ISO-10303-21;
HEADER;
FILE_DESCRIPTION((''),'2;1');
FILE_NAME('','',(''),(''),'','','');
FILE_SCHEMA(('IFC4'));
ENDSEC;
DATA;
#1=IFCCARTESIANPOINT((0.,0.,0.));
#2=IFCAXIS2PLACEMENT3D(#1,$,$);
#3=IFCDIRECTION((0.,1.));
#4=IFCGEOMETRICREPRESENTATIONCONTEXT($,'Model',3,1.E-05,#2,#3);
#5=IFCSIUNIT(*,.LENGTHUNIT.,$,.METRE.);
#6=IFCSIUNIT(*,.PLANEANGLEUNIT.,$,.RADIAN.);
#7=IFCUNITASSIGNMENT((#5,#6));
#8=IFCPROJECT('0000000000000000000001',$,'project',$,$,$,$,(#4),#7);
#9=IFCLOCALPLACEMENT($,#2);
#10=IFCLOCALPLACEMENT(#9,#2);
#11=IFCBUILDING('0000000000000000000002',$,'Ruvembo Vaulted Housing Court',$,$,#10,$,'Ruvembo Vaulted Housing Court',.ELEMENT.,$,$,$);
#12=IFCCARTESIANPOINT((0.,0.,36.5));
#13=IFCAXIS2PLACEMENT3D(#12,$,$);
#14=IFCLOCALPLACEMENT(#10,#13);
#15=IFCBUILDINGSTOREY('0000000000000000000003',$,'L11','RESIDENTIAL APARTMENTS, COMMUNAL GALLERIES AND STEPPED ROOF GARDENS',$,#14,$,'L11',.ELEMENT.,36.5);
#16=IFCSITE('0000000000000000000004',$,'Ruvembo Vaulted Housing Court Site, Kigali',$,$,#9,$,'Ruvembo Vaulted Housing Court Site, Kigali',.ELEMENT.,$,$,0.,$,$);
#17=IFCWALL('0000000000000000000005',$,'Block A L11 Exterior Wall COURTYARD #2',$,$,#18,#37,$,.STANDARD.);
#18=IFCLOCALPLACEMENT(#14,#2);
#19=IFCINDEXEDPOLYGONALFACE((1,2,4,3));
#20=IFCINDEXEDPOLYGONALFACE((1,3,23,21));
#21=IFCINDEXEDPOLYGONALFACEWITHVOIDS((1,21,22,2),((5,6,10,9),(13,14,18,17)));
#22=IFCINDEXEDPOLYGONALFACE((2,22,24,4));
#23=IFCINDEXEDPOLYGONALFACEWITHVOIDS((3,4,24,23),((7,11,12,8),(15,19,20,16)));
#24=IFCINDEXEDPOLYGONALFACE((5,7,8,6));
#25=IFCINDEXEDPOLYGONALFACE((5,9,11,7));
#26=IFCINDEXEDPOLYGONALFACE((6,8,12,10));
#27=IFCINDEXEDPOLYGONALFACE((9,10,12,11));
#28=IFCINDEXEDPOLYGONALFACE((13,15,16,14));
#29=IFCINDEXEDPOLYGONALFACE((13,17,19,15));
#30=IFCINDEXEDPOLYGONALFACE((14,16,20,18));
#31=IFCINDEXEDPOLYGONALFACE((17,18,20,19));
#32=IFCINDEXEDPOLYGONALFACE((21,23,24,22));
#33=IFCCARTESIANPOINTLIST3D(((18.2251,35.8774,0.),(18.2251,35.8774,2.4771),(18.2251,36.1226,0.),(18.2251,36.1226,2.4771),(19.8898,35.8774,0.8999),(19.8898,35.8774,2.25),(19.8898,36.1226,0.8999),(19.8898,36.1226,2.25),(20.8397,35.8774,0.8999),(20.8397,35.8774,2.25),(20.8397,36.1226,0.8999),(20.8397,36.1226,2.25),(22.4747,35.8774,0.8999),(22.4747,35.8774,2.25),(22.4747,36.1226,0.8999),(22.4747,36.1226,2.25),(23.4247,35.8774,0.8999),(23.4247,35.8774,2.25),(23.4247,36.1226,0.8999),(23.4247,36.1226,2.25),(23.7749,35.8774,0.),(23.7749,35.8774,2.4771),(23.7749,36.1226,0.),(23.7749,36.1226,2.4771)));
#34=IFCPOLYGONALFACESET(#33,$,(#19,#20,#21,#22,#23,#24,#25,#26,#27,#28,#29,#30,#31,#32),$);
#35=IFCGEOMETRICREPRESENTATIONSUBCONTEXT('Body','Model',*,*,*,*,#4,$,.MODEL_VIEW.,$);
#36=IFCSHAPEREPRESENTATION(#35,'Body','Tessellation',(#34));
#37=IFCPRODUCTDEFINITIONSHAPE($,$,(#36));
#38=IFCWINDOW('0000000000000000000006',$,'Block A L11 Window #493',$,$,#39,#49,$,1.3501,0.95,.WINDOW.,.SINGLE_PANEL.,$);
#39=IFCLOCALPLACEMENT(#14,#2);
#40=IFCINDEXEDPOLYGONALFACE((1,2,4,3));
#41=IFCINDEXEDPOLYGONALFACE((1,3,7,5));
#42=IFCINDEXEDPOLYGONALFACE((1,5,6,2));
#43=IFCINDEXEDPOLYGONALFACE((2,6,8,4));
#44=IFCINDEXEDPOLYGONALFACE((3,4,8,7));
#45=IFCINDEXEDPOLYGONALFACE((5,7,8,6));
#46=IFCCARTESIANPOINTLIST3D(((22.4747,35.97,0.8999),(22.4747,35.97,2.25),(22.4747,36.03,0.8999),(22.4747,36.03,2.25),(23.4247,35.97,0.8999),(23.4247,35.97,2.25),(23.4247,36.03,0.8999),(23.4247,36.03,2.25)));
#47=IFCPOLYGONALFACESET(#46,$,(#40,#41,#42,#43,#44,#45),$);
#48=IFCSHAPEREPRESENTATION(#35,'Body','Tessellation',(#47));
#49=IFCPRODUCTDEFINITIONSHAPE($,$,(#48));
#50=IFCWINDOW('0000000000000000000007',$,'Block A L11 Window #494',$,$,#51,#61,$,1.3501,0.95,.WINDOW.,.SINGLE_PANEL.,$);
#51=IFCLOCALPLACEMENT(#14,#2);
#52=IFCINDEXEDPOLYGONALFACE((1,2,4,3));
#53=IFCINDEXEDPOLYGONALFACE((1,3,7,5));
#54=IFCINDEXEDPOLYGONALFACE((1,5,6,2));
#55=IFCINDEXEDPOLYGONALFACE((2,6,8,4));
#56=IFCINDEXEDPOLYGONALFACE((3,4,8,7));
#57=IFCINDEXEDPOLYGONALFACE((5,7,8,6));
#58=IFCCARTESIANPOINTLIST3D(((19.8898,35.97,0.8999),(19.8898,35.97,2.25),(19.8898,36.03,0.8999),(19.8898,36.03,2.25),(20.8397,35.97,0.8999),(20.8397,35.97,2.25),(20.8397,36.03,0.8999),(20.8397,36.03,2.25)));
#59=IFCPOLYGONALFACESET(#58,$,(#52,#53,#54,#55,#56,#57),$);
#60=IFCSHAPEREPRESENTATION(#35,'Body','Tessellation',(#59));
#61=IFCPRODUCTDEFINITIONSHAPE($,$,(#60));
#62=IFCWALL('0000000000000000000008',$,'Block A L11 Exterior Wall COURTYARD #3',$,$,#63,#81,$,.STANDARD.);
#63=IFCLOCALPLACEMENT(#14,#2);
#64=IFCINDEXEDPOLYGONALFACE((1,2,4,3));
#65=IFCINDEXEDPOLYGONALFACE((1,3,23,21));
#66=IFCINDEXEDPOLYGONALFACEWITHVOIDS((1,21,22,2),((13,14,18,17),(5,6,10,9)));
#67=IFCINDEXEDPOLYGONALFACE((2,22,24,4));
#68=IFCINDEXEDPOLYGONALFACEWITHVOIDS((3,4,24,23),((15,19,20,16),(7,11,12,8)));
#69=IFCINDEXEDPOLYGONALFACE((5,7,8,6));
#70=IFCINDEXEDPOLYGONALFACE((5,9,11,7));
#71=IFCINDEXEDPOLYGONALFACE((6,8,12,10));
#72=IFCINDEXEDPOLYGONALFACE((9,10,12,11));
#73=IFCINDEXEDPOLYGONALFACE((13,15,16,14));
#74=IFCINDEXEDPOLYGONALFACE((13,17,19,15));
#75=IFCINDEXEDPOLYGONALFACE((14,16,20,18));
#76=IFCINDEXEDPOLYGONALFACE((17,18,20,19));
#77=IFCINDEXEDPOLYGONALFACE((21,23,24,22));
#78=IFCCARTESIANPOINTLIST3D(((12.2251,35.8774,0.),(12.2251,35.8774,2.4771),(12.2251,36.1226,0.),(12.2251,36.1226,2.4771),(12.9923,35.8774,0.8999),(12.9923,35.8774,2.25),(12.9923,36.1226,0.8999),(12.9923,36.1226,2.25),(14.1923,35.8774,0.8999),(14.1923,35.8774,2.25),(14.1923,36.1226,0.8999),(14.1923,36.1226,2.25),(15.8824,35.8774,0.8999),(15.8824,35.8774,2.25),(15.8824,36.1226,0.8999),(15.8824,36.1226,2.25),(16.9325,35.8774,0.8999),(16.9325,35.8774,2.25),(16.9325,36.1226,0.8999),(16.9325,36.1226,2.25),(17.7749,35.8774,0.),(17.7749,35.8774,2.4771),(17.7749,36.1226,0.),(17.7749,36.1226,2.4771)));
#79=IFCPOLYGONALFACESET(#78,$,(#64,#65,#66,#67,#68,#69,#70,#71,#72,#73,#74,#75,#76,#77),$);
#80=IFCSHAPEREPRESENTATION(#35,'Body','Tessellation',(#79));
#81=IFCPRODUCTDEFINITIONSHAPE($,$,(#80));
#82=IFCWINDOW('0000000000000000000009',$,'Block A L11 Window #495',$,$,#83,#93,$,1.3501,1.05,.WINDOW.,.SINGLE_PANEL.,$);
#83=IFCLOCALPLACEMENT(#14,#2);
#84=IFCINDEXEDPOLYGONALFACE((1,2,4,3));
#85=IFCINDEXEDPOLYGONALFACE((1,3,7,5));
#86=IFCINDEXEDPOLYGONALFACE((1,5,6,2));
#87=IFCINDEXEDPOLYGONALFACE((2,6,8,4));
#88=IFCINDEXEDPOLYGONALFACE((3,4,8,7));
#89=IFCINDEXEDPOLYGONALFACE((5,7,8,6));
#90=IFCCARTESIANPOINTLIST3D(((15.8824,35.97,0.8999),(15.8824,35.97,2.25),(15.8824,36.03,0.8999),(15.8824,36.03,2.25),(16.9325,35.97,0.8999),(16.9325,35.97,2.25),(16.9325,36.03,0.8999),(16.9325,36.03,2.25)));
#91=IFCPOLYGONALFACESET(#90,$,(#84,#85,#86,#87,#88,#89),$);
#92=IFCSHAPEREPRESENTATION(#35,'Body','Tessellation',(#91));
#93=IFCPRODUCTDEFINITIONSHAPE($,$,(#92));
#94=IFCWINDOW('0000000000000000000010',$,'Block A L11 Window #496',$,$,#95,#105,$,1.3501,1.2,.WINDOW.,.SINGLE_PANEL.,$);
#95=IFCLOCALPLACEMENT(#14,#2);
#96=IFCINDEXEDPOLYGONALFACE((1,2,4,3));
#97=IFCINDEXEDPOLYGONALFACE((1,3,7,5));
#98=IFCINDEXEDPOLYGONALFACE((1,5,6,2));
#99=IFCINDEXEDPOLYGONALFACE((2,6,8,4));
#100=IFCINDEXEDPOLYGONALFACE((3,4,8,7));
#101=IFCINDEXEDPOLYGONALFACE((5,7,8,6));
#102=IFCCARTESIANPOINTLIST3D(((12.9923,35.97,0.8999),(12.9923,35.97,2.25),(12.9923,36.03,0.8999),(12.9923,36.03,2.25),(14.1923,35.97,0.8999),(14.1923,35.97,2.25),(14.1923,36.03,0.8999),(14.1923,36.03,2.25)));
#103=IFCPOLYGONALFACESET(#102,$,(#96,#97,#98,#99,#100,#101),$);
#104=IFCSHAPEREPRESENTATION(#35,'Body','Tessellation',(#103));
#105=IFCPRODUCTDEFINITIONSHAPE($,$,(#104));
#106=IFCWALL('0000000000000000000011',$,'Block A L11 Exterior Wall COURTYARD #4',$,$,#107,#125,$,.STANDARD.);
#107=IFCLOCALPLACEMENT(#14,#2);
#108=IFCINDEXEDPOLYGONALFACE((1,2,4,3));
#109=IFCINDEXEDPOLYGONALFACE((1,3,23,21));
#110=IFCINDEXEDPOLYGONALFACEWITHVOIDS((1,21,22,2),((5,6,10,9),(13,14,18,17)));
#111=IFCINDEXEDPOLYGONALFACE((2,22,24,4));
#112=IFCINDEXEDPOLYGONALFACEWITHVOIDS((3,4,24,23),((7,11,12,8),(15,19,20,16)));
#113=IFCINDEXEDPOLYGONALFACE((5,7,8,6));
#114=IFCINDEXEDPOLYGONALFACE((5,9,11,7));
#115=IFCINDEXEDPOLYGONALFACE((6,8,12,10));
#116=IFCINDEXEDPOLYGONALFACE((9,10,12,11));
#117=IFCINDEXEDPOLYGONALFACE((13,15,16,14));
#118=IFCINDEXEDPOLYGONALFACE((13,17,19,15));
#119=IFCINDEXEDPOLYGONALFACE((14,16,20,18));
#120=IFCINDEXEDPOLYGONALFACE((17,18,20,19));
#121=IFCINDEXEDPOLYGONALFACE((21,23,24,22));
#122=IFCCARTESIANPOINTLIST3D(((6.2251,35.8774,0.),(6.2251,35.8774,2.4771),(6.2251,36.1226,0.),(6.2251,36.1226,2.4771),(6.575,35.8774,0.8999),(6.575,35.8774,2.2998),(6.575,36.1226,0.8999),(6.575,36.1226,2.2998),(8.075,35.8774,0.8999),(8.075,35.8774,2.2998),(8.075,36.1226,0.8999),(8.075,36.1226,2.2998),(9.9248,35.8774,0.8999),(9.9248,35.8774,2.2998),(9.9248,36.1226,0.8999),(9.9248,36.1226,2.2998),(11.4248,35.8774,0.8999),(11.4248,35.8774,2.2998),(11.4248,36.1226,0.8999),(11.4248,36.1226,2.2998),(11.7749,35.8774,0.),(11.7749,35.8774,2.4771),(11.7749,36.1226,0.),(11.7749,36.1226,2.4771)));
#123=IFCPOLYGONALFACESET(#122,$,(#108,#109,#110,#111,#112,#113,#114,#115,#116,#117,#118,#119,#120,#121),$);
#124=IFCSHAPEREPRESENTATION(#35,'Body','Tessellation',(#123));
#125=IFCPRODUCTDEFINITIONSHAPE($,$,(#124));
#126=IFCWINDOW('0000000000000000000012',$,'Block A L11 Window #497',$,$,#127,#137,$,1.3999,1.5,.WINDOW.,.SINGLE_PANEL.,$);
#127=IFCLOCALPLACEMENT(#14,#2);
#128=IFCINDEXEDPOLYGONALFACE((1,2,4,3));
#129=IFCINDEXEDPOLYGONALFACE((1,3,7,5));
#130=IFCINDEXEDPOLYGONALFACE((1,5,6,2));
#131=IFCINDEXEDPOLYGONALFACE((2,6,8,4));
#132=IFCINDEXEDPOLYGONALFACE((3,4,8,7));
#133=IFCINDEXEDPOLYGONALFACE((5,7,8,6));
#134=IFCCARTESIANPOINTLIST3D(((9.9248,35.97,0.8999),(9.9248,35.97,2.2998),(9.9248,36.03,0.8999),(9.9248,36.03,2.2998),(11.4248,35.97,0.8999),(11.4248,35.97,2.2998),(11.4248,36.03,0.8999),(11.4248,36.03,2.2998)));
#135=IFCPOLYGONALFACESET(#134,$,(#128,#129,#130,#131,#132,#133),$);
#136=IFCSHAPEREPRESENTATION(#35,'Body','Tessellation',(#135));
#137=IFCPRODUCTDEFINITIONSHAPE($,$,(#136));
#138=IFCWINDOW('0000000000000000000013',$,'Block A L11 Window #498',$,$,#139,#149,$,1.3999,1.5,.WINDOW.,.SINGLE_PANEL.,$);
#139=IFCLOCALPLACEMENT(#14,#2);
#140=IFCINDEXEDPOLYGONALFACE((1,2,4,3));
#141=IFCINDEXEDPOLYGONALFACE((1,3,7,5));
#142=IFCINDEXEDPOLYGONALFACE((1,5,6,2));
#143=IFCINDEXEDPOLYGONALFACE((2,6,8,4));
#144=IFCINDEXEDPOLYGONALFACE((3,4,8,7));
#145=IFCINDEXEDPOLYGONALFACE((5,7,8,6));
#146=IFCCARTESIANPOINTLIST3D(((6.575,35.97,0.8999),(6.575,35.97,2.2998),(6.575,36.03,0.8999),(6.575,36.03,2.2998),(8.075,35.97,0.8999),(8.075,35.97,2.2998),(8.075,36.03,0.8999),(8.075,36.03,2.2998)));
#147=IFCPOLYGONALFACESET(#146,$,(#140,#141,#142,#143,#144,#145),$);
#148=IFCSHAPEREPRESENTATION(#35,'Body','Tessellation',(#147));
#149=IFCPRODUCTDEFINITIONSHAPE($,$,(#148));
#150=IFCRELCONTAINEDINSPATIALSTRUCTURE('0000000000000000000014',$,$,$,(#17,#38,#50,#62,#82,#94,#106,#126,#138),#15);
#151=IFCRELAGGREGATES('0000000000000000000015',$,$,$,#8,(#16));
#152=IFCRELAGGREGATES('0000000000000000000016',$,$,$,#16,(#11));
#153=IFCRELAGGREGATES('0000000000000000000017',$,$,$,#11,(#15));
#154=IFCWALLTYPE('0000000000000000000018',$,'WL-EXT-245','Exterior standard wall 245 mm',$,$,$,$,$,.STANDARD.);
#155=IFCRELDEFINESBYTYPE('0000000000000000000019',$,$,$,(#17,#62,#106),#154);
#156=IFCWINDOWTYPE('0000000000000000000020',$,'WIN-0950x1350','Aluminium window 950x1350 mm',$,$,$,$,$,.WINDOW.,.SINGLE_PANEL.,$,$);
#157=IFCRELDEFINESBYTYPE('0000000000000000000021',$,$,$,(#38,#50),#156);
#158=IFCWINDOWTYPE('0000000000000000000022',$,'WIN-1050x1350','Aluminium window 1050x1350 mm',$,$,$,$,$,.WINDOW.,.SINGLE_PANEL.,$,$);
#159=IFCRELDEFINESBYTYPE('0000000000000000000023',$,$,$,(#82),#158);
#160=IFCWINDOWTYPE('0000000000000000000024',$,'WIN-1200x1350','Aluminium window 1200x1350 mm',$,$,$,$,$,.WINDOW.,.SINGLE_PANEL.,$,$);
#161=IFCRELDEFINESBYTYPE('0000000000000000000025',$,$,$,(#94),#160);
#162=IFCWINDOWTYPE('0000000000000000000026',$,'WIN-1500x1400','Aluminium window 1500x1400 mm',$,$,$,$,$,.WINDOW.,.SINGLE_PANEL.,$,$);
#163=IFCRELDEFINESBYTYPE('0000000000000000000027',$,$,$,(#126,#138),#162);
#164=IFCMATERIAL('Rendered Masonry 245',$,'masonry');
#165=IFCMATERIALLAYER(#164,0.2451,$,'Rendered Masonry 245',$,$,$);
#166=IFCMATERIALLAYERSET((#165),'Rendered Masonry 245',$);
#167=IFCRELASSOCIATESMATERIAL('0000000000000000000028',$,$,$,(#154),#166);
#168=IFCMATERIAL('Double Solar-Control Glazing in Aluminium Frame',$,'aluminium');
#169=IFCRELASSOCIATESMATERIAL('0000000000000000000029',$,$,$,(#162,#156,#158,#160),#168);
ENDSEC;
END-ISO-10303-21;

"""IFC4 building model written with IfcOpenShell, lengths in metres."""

from ifc_helpers import new_model, si_unit, direction, frame, frame_2d, origin, place, context, subcontext, project, spatial, rectangle, extrude, material, layer, layer_set, type_object, element, fill, save


model = new_model("IFC4")

# Units and contexts
model_context = context("Model", 3, precision=1e-05, world=origin(), true_north=direction((0.0, 1.0)))
body_context = subcontext(model_context, "Body", "Model", "MODEL_VIEW")
ifc_project = project(units=[si_unit("LENGTHUNIT", "METRE"), si_unit("PLANEANGLEUNIT", "RADIAN")], contexts=[model_context])

# Site, building, storey
site_placement = place(None, origin())
site = spatial("IfcSite", under=ifc_project, at=site_placement, Name="Ruvembo Vaulted Housing Court Site, Kigali", LongName="Ruvembo Vaulted Housing Court Site, Kigali", CompositionType="ELEMENT", RefElevation=0.0)
building_placement = place(site_placement, origin())
building = spatial("IfcBuilding", under=site, at=building_placement, Name="Ruvembo Vaulted Housing Court", LongName="Ruvembo Vaulted Housing Court", CompositionType="ELEMENT")
storey_placement = place(building_placement, frame((0.0, 0.0, 36.5)))
storey = spatial("IfcBuildingStorey", under=building, at=storey_placement, Name="L11", Description="RESIDENTIAL APARTMENTS, COMMUNAL GALLERIES AND STEPPED ROOF GARDENS", LongName="L11", CompositionType="ELEMENT", Elevation=36.5)

# Walls, openings, windows
ifc_material_1 = material(Name="Rendered Masonry 245", Category="masonry")
ifc_layer_1 = layer(ifc_material_1, 0.2451, Name="Rendered Masonry 245")
ifc_layer_set_1 = layer_set([ifc_layer_1], Name="Rendered Masonry 245")
wall_type_1 = type_object("IfcWallType", Name="WL-EXT-245", Description="Exterior standard wall 245 mm", PredefinedType="STANDARD", material=ifc_layer_set_1)
ifc_material_2 = material(Name="Double Solar-Control Glazing in Aluminium Frame", Category="aluminium")
window_type_1 = type_object("IfcWindowType", Name="WIN-1500x1400", Description="Aluminium window 1500x1400 mm", PartitioningType="SINGLE_PANEL", PredefinedType="WINDOW", material=ifc_material_2)
wall_1_placement = place(storey_placement, frame((23.7749, 36.0, 0.0), z_axis=(0.0, 0.0, 1.0), x_axis=(-1.0, 0.0, 0.0)))
wall_1 = element("IfcWall", 1, at=wall_1_placement, inside=storey, type_object=wall_type_1, Name="Block A L11 Exterior Wall COURTYARD #2", PredefinedType="STANDARD", context=body_context, shape_type="SweptSolid", body=[
    extrude(rectangle(XDim=5.5498, YDim=0.2451, at=frame_2d((2.7749, 0.0))), origin(), (0.0, 0.0, 1.0), 2.4771),
])
opening_1_placement = place(wall_1_placement, frame((0.3501, 0.0, 0.8999)))
opening_1 = element("IfcOpeningElement", 2, at=opening_1_placement, cuts=wall_1, PredefinedType="OPENING", context=body_context, shape_type="SweptSolid", body=[
    extrude(rectangle(XDim=0.95, YDim=1.3501, at=frame_2d((0.4751, 0.675))), frame((0.0, 0.1326, 0.0), z_axis=(0.0, -1.0, 0.0), x_axis=(1.0, 0.0, 0.0)), (0.0, 0.0, 1.0), 0.2651),
])
opening_2_placement = place(wall_1_placement, frame((2.9351, 0.0, 0.8999)))
opening_2 = element("IfcOpeningElement", 3, at=opening_2_placement, cuts=wall_1, PredefinedType="OPENING", context=body_context, shape_type="SweptSolid", body=[
    extrude(rectangle(XDim=0.95, YDim=1.3501, at=frame_2d((0.4751, 0.675))), frame((0.0, 0.1326, 0.0), z_axis=(0.0, -1.0, 0.0), x_axis=(1.0, 0.0, 0.0)), (0.0, 0.0, 1.0), 0.2651),
])
window_type_2 = type_object("IfcWindowType", Name="WIN-0950x1350", Description="Aluminium window 950x1350 mm", PartitioningType="SINGLE_PANEL", PredefinedType="WINDOW", material=ifc_material_2)
window_1_placement = place(opening_1_placement, origin())
window_1 = element("IfcWindow", 4, at=window_1_placement, inside=storey, type_object=window_type_2, Name="Block A L11 Window #493", OverallHeight=1.3501, OverallWidth=0.95, PartitioningType="SINGLE_PANEL", PredefinedType="WINDOW", context=body_context, shape_type="SweptSolid", body=[
    extrude(rectangle(XDim=0.95, YDim=1.3501, at=frame_2d((0.4751, 0.675))), frame((0.0, 0.03, 0.0), z_axis=(0.0, -1.0, 0.0), x_axis=(1.0, 0.0, 0.0)), (0.0, 0.0, 1.0), 0.0601),
])
fill(opening_1, window_1)
window_2_placement = place(opening_2_placement, origin())
window_2 = element("IfcWindow", 5, at=window_2_placement, inside=storey, type_object=window_type_2, Name="Block A L11 Window #494", OverallHeight=1.3501, OverallWidth=0.95, PartitioningType="SINGLE_PANEL", PredefinedType="WINDOW", context=body_context, shape_type="SweptSolid", body=[
    extrude(rectangle(XDim=0.95, YDim=1.3501, at=frame_2d((0.4751, 0.675))), frame((0.0, 0.03, 0.0), z_axis=(0.0, -1.0, 0.0), x_axis=(1.0, 0.0, 0.0)), (0.0, 0.0, 1.0), 0.0601),
])
fill(opening_2, window_2)
wall_2_placement = place(storey_placement, frame((17.7749, 36.0, 0.0), z_axis=(0.0, 0.0, 1.0), x_axis=(-1.0, 0.0, 0.0)))
wall_2 = element("IfcWall", 6, at=wall_2_placement, inside=storey, type_object=wall_type_1, Name="Block A L11 Exterior Wall COURTYARD #3", PredefinedType="STANDARD", context=body_context, shape_type="SweptSolid", body=[
    extrude(rectangle(XDim=5.5498, YDim=0.2451, at=frame_2d((2.7749, 0.0))), origin(), (0.0, 0.0, 1.0), 2.4771),
])
opening_3_placement = place(wall_2_placement, frame((0.8425, 0.0, 0.8999)))
opening_3 = element("IfcOpeningElement", 7, at=opening_3_placement, cuts=wall_2, PredefinedType="OPENING", context=body_context, shape_type="SweptSolid", body=[
    extrude(rectangle(XDim=1.05, YDim=1.3501, at=frame_2d((0.5249, 0.675))), frame((0.0, 0.1326, 0.0), z_axis=(0.0, -1.0, 0.0), x_axis=(1.0, 0.0, 0.0)), (0.0, 0.0, 1.0), 0.2651),
])
opening_4_placement = place(wall_2_placement, frame((3.5825, 0.0, 0.8999)))
opening_4 = element("IfcOpeningElement", 8, at=opening_4_placement, cuts=wall_2, PredefinedType="OPENING", context=body_context, shape_type="SweptSolid", body=[
    extrude(rectangle(XDim=1.2, YDim=1.3501, at=frame_2d((0.6001, 0.675))), frame((0.0, 0.1326, 0.0), z_axis=(0.0, -1.0, 0.0), x_axis=(1.0, 0.0, 0.0)), (0.0, 0.0, 1.0), 0.2651),
])
window_type_3 = type_object("IfcWindowType", Name="WIN-1050x1350", Description="Aluminium window 1050x1350 mm", PartitioningType="SINGLE_PANEL", PredefinedType="WINDOW", material=ifc_material_2)
window_3_placement = place(opening_3_placement, origin())
window_3 = element("IfcWindow", 9, at=window_3_placement, inside=storey, type_object=window_type_3, Name="Block A L11 Window #495", OverallHeight=1.3501, OverallWidth=1.05, PartitioningType="SINGLE_PANEL", PredefinedType="WINDOW", context=body_context, shape_type="SweptSolid", body=[
    extrude(rectangle(XDim=1.05, YDim=1.3501, at=frame_2d((0.5249, 0.675))), frame((0.0, 0.03, 0.0), z_axis=(0.0, -1.0, 0.0), x_axis=(1.0, 0.0, 0.0)), (0.0, 0.0, 1.0), 0.0601),
])
fill(opening_3, window_3)
window_type_4 = type_object("IfcWindowType", Name="WIN-1200x1350", Description="Aluminium window 1200x1350 mm", PartitioningType="SINGLE_PANEL", PredefinedType="WINDOW", material=ifc_material_2)
window_4_placement = place(opening_4_placement, origin())
window_4 = element("IfcWindow", 10, at=window_4_placement, inside=storey, type_object=window_type_4, Name="Block A L11 Window #496", OverallHeight=1.3501, OverallWidth=1.2, PartitioningType="SINGLE_PANEL", PredefinedType="WINDOW", context=body_context, shape_type="SweptSolid", body=[
    extrude(rectangle(XDim=1.2, YDim=1.3501, at=frame_2d((0.6001, 0.675))), frame((0.0, 0.03, 0.0), z_axis=(0.0, -1.0, 0.0), x_axis=(1.0, 0.0, 0.0)), (0.0, 0.0, 1.0), 0.0601),
])
fill(opening_4, window_4)
wall_3_placement = place(storey_placement, frame((11.7749, 36.0, 0.0), z_axis=(0.0, 0.0, 1.0), x_axis=(-1.0, 0.0, 0.0)))
wall_3 = element("IfcWall", 11, at=wall_3_placement, inside=storey, type_object=wall_type_1, Name="Block A L11 Exterior Wall COURTYARD #4", PredefinedType="STANDARD", context=body_context, shape_type="SweptSolid", body=[
    extrude(rectangle(XDim=5.5498, YDim=0.2451, at=frame_2d((2.7749, 0.0))), origin(), (0.0, 0.0, 1.0), 2.4771),
])
opening_5_placement = place(wall_3_placement, frame((0.3501, 0.0, 0.8999)))
opening_5 = element("IfcOpeningElement", 12, at=opening_5_placement, cuts=wall_3, PredefinedType="OPENING", context=body_context, shape_type="SweptSolid", body=[
    extrude(rectangle(XDim=1.5, YDim=1.3999, at=frame_2d((0.75, 0.7))), frame((0.0, 0.1326, 0.0), z_axis=(0.0, -1.0, 0.0), x_axis=(1.0, 0.0, 0.0)), (0.0, 0.0, 1.0), 0.2651),
])
opening_6_placement = place(wall_3_placement, frame((3.7, 0.0, 0.8999)))
opening_6 = element("IfcOpeningElement", 13, at=opening_6_placement, cuts=wall_3, PredefinedType="OPENING", context=body_context, shape_type="SweptSolid", body=[
    extrude(rectangle(XDim=1.5, YDim=1.3999, at=frame_2d((0.75, 0.7))), frame((0.0, 0.1326, 0.0), z_axis=(0.0, -1.0, 0.0), x_axis=(1.0, 0.0, 0.0)), (0.0, 0.0, 1.0), 0.2651),
])
window_5_placement = place(opening_5_placement, origin())
window_5 = element("IfcWindow", 14, at=window_5_placement, inside=storey, type_object=window_type_1, Name="Block A L11 Window #497", OverallHeight=1.3999, OverallWidth=1.5, PartitioningType="SINGLE_PANEL", PredefinedType="WINDOW", context=body_context, shape_type="SweptSolid", body=[
    extrude(rectangle(XDim=1.5, YDim=1.3999, at=frame_2d((0.75, 0.7))), frame((0.0, 0.03, 0.0), z_axis=(0.0, -1.0, 0.0), x_axis=(1.0, 0.0, 0.0)), (0.0, 0.0, 1.0), 0.0601),
])
fill(opening_5, window_5)
window_6_placement = place(opening_6_placement, origin())
window_6 = element("IfcWindow", 15, at=window_6_placement, inside=storey, type_object=window_type_1, Name="Block A L11 Window #498", OverallHeight=1.3999, OverallWidth=1.5, PartitioningType="SINGLE_PANEL", PredefinedType="WINDOW", context=body_context, shape_type="SweptSolid", body=[
    extrude(rectangle(XDim=1.5, YDim=1.3999, at=frame_2d((0.75, 0.7))), frame((0.0, 0.03, 0.0), z_axis=(0.0, -1.0, 0.0), x_axis=(1.0, 0.0, 0.0)), (0.0, 0.0, 1.0), 0.0601),
])
fill(opening_6, window_6)

save(model, "model.ifc")
